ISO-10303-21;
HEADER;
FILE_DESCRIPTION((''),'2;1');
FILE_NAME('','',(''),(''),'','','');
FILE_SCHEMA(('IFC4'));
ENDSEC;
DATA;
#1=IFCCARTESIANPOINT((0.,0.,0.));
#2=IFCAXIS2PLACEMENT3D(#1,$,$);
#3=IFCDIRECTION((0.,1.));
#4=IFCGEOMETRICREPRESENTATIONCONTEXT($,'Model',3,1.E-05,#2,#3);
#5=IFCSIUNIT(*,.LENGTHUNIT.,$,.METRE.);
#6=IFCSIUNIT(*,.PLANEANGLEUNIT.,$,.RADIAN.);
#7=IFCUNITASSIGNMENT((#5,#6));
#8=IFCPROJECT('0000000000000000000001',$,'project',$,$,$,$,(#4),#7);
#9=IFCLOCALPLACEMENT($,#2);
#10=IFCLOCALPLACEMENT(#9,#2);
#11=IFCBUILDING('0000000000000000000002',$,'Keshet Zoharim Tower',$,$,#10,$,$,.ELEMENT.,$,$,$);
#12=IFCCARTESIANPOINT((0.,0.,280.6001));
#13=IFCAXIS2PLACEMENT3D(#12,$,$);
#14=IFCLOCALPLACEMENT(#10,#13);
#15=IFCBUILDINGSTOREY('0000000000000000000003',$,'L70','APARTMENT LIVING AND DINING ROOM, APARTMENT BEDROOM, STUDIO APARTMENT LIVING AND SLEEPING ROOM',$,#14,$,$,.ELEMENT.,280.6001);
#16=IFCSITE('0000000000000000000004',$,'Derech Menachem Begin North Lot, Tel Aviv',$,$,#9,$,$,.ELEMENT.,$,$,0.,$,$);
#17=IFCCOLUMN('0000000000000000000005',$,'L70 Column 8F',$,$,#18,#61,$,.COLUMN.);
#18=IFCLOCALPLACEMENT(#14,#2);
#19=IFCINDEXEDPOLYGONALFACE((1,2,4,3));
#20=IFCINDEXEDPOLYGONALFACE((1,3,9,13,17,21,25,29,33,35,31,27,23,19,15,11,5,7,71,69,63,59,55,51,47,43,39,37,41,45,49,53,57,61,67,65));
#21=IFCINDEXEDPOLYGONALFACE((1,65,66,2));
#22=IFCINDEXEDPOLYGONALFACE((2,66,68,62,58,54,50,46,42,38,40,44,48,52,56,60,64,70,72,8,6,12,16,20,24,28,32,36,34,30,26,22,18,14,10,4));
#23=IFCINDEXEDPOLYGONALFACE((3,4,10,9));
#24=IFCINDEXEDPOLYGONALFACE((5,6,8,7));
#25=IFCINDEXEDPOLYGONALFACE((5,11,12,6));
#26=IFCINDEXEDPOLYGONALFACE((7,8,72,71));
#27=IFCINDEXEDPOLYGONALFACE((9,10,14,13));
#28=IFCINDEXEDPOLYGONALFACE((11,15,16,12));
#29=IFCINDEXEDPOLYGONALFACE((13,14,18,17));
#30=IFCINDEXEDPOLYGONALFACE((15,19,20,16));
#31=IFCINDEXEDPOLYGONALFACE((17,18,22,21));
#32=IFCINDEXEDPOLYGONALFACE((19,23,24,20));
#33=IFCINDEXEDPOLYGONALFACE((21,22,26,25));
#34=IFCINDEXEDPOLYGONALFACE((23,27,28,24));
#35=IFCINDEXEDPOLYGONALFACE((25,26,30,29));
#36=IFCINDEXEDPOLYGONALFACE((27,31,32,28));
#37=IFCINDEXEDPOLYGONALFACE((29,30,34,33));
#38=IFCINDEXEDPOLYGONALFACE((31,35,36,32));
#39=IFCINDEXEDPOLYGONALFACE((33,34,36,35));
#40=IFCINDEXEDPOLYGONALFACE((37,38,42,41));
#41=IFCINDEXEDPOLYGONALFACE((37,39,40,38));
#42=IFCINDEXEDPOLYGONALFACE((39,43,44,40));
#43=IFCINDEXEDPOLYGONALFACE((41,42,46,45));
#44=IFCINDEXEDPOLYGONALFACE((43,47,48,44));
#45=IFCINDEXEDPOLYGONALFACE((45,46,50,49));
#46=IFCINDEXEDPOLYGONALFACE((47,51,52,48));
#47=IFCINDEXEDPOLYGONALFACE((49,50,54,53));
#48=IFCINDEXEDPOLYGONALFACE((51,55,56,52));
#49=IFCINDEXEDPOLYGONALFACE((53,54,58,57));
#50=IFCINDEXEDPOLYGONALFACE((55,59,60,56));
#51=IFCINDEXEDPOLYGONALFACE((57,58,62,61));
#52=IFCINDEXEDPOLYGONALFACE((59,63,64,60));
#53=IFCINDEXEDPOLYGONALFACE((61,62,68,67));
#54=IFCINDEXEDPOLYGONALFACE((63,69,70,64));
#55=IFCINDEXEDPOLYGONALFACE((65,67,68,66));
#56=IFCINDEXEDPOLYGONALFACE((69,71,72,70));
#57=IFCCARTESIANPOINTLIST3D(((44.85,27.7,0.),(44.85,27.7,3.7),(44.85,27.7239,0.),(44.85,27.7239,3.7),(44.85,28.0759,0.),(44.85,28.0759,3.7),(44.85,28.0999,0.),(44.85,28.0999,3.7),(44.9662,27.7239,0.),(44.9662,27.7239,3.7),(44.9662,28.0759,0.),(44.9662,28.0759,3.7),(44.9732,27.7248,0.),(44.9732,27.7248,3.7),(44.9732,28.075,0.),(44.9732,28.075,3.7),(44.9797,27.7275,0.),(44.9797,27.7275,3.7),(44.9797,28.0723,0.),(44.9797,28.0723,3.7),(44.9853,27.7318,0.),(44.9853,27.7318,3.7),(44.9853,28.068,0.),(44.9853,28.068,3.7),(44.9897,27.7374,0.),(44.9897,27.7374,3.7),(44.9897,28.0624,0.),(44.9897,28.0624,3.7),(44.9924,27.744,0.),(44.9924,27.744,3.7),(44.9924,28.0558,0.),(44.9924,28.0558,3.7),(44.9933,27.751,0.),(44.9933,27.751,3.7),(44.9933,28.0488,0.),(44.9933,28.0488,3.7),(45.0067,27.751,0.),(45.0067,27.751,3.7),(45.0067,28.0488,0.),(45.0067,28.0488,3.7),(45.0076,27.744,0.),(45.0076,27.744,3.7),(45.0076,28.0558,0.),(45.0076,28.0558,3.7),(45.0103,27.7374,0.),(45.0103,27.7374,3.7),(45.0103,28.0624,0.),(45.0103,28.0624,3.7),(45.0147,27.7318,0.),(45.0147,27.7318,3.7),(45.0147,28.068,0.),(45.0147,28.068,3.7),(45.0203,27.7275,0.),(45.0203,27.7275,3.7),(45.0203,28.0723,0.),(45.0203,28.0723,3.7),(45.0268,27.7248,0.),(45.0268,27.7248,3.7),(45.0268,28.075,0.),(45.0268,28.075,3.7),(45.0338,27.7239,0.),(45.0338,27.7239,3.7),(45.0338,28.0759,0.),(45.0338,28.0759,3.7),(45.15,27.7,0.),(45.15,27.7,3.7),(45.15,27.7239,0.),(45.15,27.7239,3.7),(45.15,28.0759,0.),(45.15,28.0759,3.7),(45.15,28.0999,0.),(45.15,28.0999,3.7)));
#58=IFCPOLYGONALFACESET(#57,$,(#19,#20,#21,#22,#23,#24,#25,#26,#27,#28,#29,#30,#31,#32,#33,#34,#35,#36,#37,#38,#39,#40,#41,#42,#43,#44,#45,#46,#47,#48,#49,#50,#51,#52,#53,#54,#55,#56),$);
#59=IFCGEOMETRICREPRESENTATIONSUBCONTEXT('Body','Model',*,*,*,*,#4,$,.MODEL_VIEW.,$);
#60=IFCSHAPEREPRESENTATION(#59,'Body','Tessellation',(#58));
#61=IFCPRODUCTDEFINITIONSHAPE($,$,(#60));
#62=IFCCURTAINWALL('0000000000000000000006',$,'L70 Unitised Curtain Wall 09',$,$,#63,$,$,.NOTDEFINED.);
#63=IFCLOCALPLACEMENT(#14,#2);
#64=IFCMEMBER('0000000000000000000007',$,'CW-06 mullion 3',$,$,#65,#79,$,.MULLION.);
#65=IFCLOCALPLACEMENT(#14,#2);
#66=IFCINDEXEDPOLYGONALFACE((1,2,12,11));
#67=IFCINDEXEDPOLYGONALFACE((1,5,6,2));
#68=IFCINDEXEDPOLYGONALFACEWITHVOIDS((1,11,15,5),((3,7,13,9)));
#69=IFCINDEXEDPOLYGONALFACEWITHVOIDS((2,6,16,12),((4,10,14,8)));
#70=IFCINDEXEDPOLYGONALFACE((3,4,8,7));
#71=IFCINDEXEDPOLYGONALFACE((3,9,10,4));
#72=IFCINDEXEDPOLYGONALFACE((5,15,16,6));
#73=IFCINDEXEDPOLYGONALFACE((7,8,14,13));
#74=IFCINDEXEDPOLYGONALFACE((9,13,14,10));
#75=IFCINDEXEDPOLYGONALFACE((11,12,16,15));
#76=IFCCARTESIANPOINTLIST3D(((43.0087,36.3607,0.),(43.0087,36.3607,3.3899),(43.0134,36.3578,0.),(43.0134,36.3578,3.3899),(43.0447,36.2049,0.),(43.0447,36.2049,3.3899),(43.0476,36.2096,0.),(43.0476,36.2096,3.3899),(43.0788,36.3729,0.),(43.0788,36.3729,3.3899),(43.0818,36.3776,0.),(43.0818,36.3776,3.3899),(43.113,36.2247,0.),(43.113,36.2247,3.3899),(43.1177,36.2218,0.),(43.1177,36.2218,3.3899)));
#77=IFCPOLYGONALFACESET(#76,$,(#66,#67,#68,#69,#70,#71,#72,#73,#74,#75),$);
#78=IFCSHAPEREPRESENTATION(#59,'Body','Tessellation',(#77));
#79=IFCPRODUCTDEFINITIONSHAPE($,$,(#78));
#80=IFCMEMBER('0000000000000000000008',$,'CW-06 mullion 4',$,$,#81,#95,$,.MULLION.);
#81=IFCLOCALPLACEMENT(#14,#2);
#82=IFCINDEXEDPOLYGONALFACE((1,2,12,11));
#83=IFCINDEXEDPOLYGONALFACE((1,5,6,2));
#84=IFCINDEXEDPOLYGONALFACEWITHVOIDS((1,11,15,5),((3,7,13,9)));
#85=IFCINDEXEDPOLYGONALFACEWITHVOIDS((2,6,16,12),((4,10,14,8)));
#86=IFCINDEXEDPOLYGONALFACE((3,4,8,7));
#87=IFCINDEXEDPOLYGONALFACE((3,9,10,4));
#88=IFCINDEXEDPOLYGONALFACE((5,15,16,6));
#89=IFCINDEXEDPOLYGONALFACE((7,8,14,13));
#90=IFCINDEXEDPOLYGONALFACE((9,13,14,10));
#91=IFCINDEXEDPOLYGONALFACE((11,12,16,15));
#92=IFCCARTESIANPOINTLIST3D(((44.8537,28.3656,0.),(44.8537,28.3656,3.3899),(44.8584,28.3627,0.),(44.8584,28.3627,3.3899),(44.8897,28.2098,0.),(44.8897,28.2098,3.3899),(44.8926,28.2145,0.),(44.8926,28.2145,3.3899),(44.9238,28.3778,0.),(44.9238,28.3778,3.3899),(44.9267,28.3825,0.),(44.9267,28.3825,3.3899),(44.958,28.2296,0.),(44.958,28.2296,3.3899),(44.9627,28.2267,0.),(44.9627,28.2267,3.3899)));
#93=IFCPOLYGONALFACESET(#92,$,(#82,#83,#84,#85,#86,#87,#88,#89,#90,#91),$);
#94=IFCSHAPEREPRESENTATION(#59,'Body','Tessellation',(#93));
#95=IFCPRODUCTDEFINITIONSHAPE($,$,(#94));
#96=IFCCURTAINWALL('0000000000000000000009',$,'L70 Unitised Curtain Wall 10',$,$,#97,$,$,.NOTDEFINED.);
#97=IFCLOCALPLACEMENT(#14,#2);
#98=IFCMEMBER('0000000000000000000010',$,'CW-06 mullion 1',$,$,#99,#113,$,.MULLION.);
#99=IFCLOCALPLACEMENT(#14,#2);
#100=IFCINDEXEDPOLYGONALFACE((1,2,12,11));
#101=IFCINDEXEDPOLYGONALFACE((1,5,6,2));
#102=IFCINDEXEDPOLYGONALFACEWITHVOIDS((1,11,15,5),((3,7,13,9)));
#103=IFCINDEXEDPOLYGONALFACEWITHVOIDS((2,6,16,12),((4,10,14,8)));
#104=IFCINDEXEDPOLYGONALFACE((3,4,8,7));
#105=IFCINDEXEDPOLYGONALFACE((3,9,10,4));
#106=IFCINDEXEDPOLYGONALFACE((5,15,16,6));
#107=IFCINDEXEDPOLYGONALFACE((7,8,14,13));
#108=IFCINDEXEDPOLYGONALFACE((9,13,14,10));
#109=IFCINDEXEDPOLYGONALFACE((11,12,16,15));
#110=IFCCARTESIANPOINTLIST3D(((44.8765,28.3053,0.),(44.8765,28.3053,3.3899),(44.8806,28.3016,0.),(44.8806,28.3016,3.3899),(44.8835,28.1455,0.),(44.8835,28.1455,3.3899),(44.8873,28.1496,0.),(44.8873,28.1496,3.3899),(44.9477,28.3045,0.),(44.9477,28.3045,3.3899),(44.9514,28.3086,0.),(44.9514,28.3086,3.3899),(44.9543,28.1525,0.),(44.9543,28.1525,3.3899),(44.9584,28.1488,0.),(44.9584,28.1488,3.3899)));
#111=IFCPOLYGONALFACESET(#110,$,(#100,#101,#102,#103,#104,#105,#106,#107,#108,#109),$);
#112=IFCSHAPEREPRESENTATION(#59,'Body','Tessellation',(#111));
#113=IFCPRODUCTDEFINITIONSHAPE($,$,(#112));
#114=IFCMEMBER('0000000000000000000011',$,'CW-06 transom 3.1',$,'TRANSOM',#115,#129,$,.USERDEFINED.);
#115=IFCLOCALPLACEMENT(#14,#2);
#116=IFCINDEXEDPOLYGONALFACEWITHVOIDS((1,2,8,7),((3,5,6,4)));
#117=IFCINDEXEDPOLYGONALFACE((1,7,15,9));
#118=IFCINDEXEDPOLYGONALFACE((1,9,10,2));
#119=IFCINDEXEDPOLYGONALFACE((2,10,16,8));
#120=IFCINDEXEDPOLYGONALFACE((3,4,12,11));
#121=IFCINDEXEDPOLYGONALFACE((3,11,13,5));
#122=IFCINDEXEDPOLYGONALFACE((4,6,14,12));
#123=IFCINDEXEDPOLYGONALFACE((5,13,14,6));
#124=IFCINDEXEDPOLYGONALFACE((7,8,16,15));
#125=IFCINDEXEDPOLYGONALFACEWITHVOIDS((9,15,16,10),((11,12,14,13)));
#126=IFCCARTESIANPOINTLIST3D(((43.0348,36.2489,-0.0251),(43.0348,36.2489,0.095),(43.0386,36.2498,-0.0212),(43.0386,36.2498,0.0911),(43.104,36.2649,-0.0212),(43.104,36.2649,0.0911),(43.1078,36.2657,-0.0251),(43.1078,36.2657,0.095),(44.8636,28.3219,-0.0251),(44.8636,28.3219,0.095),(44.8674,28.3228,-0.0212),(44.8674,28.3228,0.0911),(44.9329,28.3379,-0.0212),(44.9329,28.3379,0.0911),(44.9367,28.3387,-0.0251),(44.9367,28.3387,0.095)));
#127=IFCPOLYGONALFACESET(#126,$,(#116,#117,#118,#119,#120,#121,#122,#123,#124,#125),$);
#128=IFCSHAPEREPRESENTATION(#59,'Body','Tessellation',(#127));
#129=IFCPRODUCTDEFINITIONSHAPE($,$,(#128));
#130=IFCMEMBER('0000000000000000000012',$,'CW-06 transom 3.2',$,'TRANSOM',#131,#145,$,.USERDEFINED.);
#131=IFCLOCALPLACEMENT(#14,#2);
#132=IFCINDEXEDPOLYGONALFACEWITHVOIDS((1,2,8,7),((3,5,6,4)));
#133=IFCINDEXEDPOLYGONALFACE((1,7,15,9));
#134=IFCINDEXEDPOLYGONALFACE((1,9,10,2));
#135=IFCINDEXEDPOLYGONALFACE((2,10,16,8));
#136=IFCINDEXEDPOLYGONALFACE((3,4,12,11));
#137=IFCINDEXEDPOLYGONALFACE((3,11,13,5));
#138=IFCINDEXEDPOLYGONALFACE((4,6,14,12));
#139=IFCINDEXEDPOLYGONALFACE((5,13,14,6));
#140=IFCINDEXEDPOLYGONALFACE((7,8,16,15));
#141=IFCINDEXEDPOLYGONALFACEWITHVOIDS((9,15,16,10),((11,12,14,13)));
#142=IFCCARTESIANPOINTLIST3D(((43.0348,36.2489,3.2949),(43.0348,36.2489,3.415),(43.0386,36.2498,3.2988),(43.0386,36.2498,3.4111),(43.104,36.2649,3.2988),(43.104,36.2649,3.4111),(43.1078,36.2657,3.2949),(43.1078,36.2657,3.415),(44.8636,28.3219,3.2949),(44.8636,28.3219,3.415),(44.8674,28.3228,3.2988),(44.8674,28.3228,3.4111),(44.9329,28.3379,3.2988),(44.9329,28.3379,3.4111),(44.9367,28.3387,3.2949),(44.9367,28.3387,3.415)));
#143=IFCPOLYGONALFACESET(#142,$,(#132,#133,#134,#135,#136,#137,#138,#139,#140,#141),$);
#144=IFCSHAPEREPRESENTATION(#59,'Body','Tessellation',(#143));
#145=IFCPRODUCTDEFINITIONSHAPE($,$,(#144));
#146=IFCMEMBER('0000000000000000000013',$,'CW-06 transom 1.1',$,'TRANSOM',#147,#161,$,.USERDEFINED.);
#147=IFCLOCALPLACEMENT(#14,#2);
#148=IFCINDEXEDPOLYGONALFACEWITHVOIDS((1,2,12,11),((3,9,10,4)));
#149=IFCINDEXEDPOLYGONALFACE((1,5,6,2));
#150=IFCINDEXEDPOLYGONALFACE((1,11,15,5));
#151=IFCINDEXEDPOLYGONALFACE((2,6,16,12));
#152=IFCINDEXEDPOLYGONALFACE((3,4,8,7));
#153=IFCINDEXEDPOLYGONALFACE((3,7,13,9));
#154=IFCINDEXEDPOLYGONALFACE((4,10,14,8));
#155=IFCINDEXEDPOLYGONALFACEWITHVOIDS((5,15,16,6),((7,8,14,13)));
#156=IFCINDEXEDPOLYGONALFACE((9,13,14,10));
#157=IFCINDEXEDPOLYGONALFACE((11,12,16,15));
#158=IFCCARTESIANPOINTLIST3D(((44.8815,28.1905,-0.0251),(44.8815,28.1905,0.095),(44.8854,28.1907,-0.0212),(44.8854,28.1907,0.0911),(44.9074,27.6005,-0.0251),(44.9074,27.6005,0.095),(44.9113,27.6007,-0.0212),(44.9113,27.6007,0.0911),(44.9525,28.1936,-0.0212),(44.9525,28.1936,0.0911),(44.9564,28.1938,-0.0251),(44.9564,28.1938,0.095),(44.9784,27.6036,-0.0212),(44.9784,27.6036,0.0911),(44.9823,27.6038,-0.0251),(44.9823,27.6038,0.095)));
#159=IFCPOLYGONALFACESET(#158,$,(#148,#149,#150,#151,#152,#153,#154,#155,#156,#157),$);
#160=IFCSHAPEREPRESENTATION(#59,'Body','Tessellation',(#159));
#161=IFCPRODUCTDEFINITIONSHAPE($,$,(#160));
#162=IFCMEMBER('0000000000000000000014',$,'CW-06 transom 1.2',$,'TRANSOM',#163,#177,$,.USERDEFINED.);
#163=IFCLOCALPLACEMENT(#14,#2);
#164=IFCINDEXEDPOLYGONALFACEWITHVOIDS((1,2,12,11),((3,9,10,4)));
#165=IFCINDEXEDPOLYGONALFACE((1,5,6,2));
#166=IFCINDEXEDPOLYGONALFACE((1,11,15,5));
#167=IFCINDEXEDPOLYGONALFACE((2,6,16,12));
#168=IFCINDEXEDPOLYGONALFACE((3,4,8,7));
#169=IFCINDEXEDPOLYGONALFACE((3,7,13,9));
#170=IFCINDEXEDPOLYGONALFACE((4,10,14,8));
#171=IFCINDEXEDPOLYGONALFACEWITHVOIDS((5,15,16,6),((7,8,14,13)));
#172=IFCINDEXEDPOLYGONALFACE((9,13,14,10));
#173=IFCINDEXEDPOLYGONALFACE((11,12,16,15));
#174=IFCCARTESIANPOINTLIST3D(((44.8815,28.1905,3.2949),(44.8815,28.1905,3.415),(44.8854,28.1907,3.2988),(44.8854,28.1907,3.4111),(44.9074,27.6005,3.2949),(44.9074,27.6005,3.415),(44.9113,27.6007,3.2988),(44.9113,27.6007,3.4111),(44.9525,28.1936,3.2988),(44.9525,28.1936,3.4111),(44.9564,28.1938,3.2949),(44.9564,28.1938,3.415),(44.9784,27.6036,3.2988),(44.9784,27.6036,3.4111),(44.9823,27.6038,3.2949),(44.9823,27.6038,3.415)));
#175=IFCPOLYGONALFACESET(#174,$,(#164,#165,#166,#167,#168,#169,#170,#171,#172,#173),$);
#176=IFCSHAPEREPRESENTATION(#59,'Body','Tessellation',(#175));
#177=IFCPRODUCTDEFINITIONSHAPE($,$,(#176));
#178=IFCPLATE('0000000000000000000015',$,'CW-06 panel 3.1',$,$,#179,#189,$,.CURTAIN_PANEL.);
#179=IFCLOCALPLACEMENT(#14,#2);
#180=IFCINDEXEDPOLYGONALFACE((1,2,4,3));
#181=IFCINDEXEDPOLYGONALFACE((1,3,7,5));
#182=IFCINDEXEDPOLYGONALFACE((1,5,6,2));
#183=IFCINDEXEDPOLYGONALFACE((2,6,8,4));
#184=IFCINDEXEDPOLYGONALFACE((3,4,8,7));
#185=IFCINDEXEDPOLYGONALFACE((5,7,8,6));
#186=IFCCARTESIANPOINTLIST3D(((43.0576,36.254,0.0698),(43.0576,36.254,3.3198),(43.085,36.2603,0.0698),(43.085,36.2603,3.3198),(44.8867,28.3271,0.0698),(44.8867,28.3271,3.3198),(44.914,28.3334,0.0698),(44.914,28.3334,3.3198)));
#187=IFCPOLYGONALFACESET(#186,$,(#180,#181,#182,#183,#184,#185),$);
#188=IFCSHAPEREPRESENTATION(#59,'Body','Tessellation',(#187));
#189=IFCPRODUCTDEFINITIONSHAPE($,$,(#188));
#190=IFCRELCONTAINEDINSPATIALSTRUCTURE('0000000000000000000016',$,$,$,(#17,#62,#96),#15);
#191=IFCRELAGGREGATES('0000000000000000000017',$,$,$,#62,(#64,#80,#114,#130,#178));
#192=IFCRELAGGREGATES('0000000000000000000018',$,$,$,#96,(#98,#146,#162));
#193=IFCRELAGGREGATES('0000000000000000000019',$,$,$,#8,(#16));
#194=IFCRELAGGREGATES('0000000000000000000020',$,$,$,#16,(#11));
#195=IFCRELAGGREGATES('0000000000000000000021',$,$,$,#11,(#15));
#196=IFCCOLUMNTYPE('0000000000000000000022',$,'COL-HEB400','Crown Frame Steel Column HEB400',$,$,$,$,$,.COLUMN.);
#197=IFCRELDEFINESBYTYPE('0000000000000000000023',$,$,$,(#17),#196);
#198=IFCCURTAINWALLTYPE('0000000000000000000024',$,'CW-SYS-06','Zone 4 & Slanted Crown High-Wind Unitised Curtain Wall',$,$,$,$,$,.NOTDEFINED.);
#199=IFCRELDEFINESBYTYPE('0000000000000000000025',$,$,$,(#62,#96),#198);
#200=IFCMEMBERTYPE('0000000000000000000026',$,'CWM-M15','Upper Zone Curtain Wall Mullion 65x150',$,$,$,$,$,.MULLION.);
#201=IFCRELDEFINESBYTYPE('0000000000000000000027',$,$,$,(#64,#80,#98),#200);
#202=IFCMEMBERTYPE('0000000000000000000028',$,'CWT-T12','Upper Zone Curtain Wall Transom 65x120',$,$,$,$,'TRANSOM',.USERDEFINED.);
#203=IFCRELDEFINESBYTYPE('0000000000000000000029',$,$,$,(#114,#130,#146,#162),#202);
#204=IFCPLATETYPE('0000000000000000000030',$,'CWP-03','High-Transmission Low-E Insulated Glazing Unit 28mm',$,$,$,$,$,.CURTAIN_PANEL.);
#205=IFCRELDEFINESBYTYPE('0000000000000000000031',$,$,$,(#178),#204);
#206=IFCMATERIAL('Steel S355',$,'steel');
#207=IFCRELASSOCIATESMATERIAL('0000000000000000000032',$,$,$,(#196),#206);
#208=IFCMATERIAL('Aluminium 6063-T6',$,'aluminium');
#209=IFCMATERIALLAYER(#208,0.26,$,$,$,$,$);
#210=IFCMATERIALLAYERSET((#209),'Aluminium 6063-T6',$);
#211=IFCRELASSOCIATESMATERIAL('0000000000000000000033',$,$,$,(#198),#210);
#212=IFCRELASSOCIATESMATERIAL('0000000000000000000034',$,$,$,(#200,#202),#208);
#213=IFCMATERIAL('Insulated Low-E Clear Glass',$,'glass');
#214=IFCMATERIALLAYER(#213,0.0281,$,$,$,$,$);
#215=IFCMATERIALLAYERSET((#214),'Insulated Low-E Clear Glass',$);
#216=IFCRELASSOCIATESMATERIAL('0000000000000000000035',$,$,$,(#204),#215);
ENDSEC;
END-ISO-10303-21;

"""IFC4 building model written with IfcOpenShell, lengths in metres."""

from ifc_helpers import new_model, si_unit, direction, frame, origin, origin_2d, place, context, subcontext, project, spatial, rectangle, hollow_rectangle, i_section, extrude, material, layer, layer_set, material_profile, profile_set, type_object, element, aggregate, save


model = new_model("IFC4")

# Units and contexts
model_context = context("Model", 3, precision=1e-05, world=origin(), true_north=direction((0.0, 1.0)))
body_context = subcontext(model_context, "Body", "Model", "MODEL_VIEW")
ifc_project = project(units=[si_unit("LENGTHUNIT", "METRE"), si_unit("PLANEANGLEUNIT", "RADIAN")], contexts=[model_context])

# Site, building, storey
site_placement = place(None, origin())
site = spatial("IfcSite", under=ifc_project, at=site_placement, Name="Derech Menachem Begin North Lot, Tel Aviv", CompositionType="ELEMENT", RefElevation=0.0)
building_placement = place(site_placement, origin())
building = spatial("IfcBuilding", under=site, at=building_placement, Name="Keshet Zoharim Tower", CompositionType="ELEMENT")
storey_placement = place(building_placement, frame((0.0, 0.0, 280.6001)))
storey = spatial("IfcBuildingStorey", under=building, at=storey_placement, Name="L70", Description="APARTMENT LIVING AND DINING ROOM, APARTMENT BEDROOM, STUDIO APARTMENT LIVING AND SLEEPING ROOM", CompositionType="ELEMENT", Elevation=280.6001)

# Column
ifc_material_1 = material(Name="Steel S355", Category="steel")
ifc_material_profile_1 = material_profile(ifc_material_1, i_section(OverallWidth=0.3, OverallDepth=0.3999, WebThickness=0.0134, FlangeThickness=0.0239, FilletRadius=0.0271, at=origin_2d()), Name="HEB400")
ifc_profile_set_1 = profile_set([ifc_material_profile_1], Name="Steel S355")
column_type = type_object("IfcColumnType", Name="COL-HEB400", Description="Crown Frame Steel Column HEB400", PredefinedType="COLUMN", material=ifc_profile_set_1)
column_placement = place(storey_placement, frame((45.0, 27.8999, 0.0), z_axis=(0.0, 0.0, 1.0), x_axis=(1.0, 0.0, 0.0)))
element("IfcColumn", 1, at=column_placement, inside=storey, type_object=column_type, Name="L70 Column 8F", PredefinedType="COLUMN", context=body_context, shape_type="SweptSolid", body=[
    extrude(i_section(OverallWidth=0.3, OverallDepth=0.3999, WebThickness=0.0134, FlangeThickness=0.0239, FilletRadius=0.0271, at=origin_2d()), origin(), (0.0, 0.0, 1.0), 3.7),
])

# Curtain wall, members
ifc_material_2 = material(Name="Aluminium 6063-T6", Category="aluminium")
ifc_layer_1 = layer(ifc_material_2, 0.26)
ifc_layer_set_1 = layer_set([ifc_layer_1], Name="Aluminium 6063-T6")
curtain_wall_type = type_object("IfcCurtainWallType", Name="CW-SYS-06", Description="Zone 4 & Slanted Crown High-Wind Unitised Curtain Wall", PredefinedType="NOTDEFINED", material=ifc_layer_set_1)
curtain_wall_1_placement = place(storey_placement, origin())
curtain_wall_1 = element("IfcCurtainWall", 2, at=curtain_wall_1_placement, inside=storey, type_object=curtain_wall_type, Name="L70 Unitised Curtain Wall 09", PredefinedType="NOTDEFINED")
ifc_material_profile_2 = material_profile(ifc_material_2, hollow_rectangle(XDim=0.075, YDim=0.1599, WallThickness=0.0039, at=origin_2d()), Name="MUL-75x160")
ifc_profile_set_2 = profile_set([ifc_material_profile_2], Name="Aluminium 6063-T6")
member_type_1 = type_object("IfcMemberType", Name="CWM-M15", Description="Upper Zone Curtain Wall Mullion 65x150", PredefinedType="MULLION", material=ifc_profile_set_2)
member_1_placement = place(storey_placement, frame((43.0632, 36.2913, 0.0), z_axis=(0.0, 0.0, 1.0), x_axis=(0.974398, 0.22483, 0.0)))
member_1 = element("IfcMember", 3, at=member_1_placement, type_object=member_type_1, Name="CW-06 mullion 3", PredefinedType="MULLION", context=body_context, shape_type="SweptSolid", body=[
    extrude(hollow_rectangle(XDim=0.075, YDim=0.1599, WallThickness=0.0039, at=origin_2d()), origin(), (0.0, 0.0, 1.0), 3.3899),
])
member_2_placement = place(storey_placement, frame((44.9082, 28.2961, 0.0), z_axis=(0.0, 0.0, 1.0), x_axis=(0.974398, 0.22483, 0.0)))
member_2 = element("IfcMember", 4, at=member_2_placement, type_object=member_type_1, Name="CW-06 mullion 4", PredefinedType="MULLION", context=body_context, shape_type="SweptSolid", body=[
    extrude(hollow_rectangle(XDim=0.075, YDim=0.1599, WallThickness=0.0039, at=origin_2d()), origin(), (0.0, 0.0, 1.0), 3.3899),
])

# Curtain wall, member
curtain_wall_2_placement = place(storey_placement, origin())
curtain_wall_2 = element("IfcCurtainWall", 5, at=curtain_wall_2_placement, inside=storey, type_object=curtain_wall_type, Name="L70 Unitised Curtain Wall 10", PredefinedType="NOTDEFINED")
member_3_placement = place(storey_placement, frame((44.9175, 28.2271, 0.0), z_axis=(0.0, 0.0, 1.0), x_axis=(0.999041, 0.043794, 0.0)))
member_3 = element("IfcMember", 6, at=member_3_placement, type_object=member_type_1, Name="CW-06 mullion 1", PredefinedType="MULLION", context=body_context, shape_type="SweptSolid", body=[
    extrude(hollow_rectangle(XDim=0.075, YDim=0.1599, WallThickness=0.0039, at=origin_2d()), origin(), (0.0, 0.0, 1.0), 3.3899),
])

# Members
ifc_material_profile_3 = material_profile(ifc_material_2, hollow_rectangle(XDim=0.075, YDim=0.1201, WallThickness=0.0039, at=origin_2d()), Name="TRN-75x120")
ifc_profile_set_3 = profile_set([ifc_material_profile_3], Name="Aluminium 6063-T6")
member_type_2 = type_object("IfcMemberType", Name="CWT-T12", Description="Upper Zone Curtain Wall Transom 65x120", ElementType="TRANSOM", PredefinedType="USERDEFINED", material=ifc_profile_set_3)
member_4_placement = place(storey_placement, frame((43.0713, 36.2573, 0.0349), z_axis=(0.224807, -0.974403, 0.0), x_axis=(0.974403, 0.224807, 0.0)))
member_4 = element("IfcMember", 7, at=member_4_placement, type_object=member_type_2, Name="CW-06 transom 3.1", ObjectType="TRANSOM", PredefinedType="USERDEFINED", context=body_context, shape_type="SweptSolid", body=[
    extrude(hollow_rectangle(XDim=0.075, YDim=0.1201, WallThickness=0.0039, at=origin_2d()), origin(), (0.0, 0.0, 1.0), 8.1353),
])
member_5_placement = place(storey_placement, frame((43.0713, 36.2573, 3.355), z_axis=(0.224807, -0.974403, 0.0), x_axis=(0.974403, 0.224807, 0.0)))
member_5 = element("IfcMember", 8, at=member_5_placement, type_object=member_type_2, Name="CW-06 transom 3.2", ObjectType="TRANSOM", PredefinedType="USERDEFINED", context=body_context, shape_type="SweptSolid", body=[
    extrude(hollow_rectangle(XDim=0.075, YDim=0.1201, WallThickness=0.0039, at=origin_2d()), origin(), (0.0, 0.0, 1.0), 8.1353),
])
member_6_placement = place(storey_placement, frame((44.9189, 28.1921, 0.0349), z_axis=(0.043814, -0.99904, 0.0), x_axis=(0.99904, 0.043814, 0.0)))
member_6 = element("IfcMember", 9, at=member_6_placement, type_object=member_type_2, Name="CW-06 transom 1.1", ObjectType="TRANSOM", PredefinedType="USERDEFINED", context=body_context, shape_type="SweptSolid", body=[
    extrude(hollow_rectangle(XDim=0.075, YDim=0.1201, WallThickness=0.0039, at=origin_2d()), origin(), (0.0, 0.0, 1.0), 0.5906),
])
member_7_placement = place(storey_placement, frame((44.9189, 28.1921, 3.355), z_axis=(0.043814, -0.99904, 0.0), x_axis=(0.99904, 0.043814, 0.0)))
member_7 = element("IfcMember", 10, at=member_7_placement, type_object=member_type_2, Name="CW-06 transom 1.2", ObjectType="TRANSOM", PredefinedType="USERDEFINED", context=body_context, shape_type="SweptSolid", body=[
    extrude(hollow_rectangle(XDim=0.075, YDim=0.1201, WallThickness=0.0039, at=origin_2d()), origin(), (0.0, 0.0, 1.0), 0.5906),
])

# Plate
ifc_material_3 = material(Name="Insulated Low-E Clear Glass", Category="glass")
ifc_layer_2 = layer(ifc_material_3, 0.0281)
ifc_layer_set_2 = layer_set([ifc_layer_2], Name="Insulated Low-E Clear Glass")
plate_type = type_object("IfcPlateType", Name="CWP-03", Description="High-Transmission Low-E Insulated Glazing Unit 28mm", PredefinedType="CURTAIN_PANEL", material=ifc_layer_set_2)
plate_1_placement = place(storey_placement, frame((43.9858, 32.2937, 0.0698), z_axis=(0.0, 0.0, 1.0), x_axis=(0.22483, -0.974398, 0.0)))
plate_1 = element("IfcPlate", 11, at=plate_1_placement, type_object=plate_type, Name="CW-06 panel 3.1", PredefinedType="CURTAIN_PANEL", context=body_context, shape_type="SweptSolid", body=[
    extrude(rectangle(XDim=8.1353, YDim=0.0281, at=origin_2d()), origin(), (0.0, 0.0, 1.0), 3.25),
])
aggregate(curtain_wall_1, [member_1, member_2, member_4, member_5, plate_1])
aggregate(curtain_wall_2, [member_3, member_6, member_7])

save(model, "model.ifc")
